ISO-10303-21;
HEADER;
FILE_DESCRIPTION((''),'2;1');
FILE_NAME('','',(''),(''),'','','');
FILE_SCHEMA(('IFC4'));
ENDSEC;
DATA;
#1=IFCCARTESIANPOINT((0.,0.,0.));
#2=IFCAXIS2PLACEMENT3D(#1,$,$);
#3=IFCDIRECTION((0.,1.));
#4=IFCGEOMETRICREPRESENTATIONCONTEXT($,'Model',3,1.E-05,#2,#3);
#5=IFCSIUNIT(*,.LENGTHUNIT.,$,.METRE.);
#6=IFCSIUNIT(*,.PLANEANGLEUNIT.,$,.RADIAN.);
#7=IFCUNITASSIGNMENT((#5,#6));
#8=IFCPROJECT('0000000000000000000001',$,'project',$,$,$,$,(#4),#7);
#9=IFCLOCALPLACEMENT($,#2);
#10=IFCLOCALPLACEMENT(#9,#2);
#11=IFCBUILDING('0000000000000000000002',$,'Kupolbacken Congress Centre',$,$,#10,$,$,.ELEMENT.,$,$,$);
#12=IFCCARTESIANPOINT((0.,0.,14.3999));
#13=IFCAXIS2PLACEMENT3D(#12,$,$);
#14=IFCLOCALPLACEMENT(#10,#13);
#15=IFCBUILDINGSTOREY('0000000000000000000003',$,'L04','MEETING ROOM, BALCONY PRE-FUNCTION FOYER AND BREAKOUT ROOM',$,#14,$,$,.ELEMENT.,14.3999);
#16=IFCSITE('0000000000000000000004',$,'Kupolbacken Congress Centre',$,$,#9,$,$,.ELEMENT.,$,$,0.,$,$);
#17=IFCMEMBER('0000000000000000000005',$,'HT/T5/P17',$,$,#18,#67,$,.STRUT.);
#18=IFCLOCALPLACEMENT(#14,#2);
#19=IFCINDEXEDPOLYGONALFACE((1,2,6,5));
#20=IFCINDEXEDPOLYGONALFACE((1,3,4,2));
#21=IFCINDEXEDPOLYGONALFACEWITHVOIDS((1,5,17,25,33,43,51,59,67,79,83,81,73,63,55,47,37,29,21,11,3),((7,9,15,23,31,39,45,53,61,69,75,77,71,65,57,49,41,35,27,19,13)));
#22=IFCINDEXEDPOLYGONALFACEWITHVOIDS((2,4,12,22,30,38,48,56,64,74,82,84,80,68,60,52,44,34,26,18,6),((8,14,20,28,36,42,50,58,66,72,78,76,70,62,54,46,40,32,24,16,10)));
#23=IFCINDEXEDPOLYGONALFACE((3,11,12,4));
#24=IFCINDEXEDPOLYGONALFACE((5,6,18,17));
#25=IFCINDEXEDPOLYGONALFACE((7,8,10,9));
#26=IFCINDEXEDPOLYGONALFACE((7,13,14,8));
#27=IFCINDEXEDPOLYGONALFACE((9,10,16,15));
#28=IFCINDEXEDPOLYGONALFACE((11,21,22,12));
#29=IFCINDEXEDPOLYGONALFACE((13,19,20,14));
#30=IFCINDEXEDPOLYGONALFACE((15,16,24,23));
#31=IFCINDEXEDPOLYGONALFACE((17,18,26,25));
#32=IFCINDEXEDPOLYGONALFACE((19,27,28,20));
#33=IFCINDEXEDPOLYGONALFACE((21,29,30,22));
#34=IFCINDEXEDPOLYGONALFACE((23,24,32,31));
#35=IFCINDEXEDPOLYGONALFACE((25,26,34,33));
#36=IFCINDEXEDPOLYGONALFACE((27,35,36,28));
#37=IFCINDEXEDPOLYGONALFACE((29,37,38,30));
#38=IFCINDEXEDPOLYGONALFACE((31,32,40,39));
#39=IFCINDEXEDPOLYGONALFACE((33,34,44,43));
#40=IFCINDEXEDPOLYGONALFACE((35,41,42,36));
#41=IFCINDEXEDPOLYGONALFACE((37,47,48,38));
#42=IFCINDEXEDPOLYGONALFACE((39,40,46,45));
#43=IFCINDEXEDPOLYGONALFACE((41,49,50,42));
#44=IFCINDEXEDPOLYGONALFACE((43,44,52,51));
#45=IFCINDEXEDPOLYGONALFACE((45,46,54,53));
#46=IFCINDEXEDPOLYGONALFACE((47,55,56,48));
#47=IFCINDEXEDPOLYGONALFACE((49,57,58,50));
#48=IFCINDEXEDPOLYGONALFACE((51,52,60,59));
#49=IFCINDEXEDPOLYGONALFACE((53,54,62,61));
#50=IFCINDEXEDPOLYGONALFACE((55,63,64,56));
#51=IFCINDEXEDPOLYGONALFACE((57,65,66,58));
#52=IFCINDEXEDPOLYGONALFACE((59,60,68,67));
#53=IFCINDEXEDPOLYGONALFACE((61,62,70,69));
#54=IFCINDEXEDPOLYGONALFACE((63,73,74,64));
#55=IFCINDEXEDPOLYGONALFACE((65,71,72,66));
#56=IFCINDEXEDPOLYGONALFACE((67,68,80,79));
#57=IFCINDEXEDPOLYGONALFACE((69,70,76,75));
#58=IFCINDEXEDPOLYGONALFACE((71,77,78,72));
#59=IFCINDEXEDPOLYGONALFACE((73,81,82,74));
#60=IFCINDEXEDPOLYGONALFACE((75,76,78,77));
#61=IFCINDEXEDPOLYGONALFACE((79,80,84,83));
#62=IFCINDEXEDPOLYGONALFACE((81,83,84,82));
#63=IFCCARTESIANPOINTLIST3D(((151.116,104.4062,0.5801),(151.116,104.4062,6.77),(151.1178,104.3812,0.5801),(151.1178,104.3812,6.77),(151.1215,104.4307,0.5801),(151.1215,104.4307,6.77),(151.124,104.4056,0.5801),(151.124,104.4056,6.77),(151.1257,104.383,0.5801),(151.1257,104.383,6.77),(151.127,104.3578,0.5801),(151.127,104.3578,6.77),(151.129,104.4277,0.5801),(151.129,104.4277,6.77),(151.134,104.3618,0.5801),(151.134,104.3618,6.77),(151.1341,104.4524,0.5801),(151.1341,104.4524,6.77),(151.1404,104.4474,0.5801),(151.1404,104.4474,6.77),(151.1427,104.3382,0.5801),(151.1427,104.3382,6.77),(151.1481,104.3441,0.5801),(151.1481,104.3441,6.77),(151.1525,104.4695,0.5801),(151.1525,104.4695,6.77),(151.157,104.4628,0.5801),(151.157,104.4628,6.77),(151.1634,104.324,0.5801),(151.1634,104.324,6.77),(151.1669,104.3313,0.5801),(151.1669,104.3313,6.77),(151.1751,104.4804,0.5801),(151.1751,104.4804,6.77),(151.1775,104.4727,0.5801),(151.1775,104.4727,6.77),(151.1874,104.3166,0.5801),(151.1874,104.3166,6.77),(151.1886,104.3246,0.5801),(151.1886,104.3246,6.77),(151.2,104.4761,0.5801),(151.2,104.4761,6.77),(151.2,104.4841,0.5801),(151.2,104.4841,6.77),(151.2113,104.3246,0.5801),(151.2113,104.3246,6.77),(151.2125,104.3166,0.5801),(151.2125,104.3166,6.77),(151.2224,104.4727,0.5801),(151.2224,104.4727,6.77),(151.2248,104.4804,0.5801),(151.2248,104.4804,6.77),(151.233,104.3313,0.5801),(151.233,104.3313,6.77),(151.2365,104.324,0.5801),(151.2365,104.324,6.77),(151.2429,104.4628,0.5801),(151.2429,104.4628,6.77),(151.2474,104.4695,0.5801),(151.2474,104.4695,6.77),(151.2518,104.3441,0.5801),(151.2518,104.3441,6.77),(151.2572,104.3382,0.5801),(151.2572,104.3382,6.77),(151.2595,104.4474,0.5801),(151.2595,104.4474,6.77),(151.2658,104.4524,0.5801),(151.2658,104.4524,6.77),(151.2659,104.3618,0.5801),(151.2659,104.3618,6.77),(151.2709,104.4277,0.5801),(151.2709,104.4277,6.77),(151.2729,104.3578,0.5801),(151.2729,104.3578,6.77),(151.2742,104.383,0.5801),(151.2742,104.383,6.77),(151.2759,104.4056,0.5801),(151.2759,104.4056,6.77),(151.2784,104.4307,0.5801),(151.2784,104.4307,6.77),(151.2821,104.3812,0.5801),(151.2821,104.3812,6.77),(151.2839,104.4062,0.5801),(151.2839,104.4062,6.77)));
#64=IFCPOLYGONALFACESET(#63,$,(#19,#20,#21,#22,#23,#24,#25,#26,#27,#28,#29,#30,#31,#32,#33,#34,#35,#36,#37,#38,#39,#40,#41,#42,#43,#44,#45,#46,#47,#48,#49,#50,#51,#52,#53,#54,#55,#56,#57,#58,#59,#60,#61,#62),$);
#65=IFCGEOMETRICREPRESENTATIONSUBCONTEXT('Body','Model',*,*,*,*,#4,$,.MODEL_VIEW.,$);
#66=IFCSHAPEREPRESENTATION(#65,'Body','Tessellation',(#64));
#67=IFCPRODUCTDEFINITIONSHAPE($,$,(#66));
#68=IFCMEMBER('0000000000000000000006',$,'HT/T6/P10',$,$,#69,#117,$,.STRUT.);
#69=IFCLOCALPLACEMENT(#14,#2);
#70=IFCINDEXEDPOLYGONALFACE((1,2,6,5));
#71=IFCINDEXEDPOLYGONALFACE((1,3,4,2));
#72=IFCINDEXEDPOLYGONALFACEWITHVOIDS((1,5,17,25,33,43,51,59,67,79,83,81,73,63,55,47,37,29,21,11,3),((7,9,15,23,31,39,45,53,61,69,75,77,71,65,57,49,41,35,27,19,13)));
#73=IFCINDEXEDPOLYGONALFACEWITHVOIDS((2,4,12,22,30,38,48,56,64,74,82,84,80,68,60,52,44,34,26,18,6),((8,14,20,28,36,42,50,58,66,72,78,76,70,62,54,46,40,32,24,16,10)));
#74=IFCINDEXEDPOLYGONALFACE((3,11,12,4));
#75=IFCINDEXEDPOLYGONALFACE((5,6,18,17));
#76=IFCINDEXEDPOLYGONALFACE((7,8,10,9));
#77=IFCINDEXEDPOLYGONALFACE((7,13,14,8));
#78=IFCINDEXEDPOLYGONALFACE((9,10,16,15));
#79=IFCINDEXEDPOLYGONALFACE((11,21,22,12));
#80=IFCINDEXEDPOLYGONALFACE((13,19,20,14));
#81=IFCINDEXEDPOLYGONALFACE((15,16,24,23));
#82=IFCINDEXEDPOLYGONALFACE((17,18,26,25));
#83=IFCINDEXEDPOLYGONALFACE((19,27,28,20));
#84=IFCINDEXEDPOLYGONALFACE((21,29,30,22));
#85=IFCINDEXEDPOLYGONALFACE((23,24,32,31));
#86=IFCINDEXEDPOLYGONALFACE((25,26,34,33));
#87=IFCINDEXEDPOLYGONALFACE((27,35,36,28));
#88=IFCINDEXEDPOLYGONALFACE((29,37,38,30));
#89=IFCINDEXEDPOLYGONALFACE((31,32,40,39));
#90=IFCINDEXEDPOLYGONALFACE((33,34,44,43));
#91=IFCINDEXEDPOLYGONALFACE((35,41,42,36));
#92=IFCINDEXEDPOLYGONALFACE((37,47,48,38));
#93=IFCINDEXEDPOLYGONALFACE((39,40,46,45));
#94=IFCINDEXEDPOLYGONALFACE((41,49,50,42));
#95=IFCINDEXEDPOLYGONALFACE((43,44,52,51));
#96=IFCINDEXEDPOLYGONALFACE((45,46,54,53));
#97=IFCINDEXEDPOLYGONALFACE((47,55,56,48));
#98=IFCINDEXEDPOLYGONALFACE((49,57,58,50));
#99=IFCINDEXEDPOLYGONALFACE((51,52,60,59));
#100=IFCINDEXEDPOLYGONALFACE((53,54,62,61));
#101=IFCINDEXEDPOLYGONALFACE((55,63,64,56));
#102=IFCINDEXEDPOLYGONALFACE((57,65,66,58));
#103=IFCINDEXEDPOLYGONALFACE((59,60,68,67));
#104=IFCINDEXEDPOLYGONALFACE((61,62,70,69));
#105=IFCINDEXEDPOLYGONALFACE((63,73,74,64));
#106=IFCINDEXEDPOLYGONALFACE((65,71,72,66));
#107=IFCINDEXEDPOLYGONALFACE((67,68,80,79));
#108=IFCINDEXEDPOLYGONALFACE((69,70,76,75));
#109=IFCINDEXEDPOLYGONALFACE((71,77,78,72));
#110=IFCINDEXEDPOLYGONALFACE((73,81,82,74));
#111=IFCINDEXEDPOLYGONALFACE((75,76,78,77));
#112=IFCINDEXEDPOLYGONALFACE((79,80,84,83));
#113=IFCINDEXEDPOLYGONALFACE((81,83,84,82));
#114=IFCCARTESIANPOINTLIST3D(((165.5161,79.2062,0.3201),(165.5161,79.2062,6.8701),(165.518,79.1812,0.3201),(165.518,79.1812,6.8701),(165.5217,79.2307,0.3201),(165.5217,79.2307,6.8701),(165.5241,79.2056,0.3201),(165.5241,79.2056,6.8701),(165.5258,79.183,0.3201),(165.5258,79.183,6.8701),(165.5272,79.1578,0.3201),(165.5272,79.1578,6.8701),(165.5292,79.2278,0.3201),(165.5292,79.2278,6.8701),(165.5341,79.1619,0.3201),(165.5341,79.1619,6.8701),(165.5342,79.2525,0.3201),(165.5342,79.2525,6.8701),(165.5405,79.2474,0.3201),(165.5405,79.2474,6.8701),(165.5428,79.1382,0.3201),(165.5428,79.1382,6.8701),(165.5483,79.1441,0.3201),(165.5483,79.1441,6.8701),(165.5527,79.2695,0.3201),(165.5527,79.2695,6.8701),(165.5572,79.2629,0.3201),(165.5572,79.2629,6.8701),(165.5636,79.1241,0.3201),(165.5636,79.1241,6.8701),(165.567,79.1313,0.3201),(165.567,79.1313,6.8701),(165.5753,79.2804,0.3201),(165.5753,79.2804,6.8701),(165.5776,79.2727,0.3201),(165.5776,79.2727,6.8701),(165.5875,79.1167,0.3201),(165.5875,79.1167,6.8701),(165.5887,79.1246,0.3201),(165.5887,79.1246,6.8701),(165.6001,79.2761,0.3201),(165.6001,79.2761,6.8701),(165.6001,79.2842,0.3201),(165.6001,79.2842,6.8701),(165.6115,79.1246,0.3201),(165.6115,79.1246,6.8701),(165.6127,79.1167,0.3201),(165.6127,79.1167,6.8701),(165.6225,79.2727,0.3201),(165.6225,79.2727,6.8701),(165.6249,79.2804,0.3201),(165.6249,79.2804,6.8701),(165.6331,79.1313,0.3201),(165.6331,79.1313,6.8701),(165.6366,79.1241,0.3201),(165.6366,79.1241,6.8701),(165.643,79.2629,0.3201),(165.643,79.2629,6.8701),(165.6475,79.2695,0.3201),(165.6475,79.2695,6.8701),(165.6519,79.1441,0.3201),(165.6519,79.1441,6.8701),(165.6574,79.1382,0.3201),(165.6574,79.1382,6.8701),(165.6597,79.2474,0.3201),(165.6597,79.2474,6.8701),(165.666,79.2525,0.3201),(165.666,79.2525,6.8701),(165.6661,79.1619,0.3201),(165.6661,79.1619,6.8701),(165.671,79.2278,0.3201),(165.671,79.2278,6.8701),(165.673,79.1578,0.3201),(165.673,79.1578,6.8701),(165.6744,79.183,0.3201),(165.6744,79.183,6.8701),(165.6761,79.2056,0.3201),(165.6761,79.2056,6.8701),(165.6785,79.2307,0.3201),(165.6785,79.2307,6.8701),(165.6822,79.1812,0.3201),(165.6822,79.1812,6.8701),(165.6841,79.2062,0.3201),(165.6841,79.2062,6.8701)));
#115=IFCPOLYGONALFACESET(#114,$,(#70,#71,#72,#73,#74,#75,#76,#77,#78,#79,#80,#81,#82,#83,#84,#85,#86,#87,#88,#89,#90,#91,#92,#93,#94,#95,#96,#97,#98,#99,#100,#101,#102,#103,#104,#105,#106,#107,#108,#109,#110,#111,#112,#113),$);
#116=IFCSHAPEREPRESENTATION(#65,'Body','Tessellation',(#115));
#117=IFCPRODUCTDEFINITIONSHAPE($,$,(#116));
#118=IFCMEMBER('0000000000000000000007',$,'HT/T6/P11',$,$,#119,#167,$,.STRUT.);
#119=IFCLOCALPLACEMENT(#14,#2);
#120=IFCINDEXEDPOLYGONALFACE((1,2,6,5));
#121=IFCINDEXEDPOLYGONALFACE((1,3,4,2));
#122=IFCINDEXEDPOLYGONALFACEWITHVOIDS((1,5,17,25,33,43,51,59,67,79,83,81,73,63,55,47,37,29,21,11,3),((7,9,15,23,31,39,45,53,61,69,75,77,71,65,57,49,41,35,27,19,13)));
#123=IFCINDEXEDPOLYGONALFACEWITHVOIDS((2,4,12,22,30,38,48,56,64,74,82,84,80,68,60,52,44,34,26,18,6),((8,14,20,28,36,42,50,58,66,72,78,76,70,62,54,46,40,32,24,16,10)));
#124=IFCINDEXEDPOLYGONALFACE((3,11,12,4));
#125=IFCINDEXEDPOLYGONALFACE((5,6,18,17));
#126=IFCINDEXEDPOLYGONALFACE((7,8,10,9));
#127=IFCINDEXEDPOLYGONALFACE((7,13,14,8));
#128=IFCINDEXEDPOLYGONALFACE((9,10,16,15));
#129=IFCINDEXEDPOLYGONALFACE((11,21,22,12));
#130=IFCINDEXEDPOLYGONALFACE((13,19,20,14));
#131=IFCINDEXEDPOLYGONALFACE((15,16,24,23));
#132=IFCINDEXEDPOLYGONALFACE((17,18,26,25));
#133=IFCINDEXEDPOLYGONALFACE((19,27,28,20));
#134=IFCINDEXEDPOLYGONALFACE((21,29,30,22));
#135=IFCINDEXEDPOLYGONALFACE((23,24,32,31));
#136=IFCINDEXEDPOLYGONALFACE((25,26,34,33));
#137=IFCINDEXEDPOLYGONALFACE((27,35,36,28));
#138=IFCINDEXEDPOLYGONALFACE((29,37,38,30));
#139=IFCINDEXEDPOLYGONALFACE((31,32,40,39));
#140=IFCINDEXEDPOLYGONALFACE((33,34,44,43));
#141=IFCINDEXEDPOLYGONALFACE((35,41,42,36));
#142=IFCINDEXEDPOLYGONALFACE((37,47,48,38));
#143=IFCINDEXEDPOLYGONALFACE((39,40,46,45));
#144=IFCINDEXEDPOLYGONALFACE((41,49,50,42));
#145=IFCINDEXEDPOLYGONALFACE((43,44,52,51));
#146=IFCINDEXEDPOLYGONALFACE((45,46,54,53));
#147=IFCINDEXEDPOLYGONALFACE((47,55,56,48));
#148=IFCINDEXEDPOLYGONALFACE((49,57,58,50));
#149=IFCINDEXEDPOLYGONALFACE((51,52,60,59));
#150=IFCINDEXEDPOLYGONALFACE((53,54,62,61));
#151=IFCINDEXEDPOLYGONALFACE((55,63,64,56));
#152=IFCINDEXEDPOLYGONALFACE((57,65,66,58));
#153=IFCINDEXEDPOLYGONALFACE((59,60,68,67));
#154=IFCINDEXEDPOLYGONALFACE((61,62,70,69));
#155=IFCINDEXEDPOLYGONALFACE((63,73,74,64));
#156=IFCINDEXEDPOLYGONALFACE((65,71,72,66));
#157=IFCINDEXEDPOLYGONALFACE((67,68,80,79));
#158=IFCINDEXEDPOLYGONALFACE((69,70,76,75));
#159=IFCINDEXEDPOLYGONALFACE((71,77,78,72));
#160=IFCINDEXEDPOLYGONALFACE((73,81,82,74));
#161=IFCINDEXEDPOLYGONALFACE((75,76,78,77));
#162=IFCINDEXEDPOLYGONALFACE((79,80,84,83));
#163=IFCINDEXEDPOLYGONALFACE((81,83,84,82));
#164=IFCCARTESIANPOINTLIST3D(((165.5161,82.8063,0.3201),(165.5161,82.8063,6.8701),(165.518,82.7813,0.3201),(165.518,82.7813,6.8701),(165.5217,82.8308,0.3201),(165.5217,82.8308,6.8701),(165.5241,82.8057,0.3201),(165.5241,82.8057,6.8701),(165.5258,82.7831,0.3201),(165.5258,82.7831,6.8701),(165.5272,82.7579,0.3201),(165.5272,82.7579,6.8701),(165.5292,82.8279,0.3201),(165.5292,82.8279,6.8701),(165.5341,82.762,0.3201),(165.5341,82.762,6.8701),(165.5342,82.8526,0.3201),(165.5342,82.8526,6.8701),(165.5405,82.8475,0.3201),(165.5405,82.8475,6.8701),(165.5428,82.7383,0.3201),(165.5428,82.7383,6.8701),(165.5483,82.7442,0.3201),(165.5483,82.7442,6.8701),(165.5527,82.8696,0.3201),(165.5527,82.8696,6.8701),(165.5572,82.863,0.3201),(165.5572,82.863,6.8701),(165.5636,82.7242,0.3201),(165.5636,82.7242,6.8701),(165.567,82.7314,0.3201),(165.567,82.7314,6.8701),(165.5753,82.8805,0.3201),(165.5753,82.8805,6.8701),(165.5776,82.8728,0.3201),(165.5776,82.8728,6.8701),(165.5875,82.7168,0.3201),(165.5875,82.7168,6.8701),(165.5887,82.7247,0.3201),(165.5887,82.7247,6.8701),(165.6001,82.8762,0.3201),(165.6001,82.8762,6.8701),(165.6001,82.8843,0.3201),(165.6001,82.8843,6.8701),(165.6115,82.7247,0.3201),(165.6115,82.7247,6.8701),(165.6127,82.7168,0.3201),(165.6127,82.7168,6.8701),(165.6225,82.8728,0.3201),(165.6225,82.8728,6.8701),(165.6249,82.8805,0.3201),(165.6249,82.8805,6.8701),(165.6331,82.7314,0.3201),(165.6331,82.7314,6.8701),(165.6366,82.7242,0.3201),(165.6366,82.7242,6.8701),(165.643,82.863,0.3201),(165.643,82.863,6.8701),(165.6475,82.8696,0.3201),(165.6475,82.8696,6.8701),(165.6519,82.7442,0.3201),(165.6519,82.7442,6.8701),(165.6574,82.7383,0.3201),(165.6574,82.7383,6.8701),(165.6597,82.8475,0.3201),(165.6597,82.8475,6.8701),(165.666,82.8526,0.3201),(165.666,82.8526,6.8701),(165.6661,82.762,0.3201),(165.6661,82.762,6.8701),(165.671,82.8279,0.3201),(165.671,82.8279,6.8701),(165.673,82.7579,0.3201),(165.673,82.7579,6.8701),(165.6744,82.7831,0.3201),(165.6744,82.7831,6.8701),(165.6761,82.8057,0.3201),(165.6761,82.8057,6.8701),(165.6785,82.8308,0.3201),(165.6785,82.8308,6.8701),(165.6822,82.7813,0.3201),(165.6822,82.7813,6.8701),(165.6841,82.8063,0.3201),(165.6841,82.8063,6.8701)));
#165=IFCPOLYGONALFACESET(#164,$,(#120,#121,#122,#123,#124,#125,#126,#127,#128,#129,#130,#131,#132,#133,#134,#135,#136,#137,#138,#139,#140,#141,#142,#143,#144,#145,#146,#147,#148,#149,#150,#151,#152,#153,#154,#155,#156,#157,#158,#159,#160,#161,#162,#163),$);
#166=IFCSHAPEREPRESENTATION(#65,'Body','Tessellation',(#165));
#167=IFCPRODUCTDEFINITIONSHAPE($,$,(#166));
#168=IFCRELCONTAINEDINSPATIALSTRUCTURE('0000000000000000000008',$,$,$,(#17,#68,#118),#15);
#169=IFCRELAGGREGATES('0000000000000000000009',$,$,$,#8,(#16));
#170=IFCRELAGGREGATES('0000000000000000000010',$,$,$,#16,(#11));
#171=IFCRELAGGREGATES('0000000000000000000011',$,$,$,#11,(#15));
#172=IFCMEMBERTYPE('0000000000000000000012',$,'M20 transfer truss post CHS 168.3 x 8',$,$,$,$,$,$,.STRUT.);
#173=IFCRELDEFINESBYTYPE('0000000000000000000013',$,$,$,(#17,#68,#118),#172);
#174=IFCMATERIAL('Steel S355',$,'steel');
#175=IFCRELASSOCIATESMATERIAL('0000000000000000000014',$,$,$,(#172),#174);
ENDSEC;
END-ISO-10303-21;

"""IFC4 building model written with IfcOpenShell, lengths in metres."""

from ifc_helpers import new_model, si_unit, direction, frame, origin, origin_2d, place, context, subcontext, project, spatial, hollow_circle, extrude, material, material_profile, profile_set, type_object, element, save


model = new_model("IFC4")

# Units and contexts
model_context = context("Model", 3, precision=1e-05, world=origin(), true_north=direction((0.0, 1.0)))
body_context = subcontext(model_context, "Body", "Model", "MODEL_VIEW")
ifc_project = project(units=[si_unit("LENGTHUNIT", "METRE"), si_unit("PLANEANGLEUNIT", "RADIAN")], contexts=[model_context])

# Site, building, storey
site_placement = place(None, origin())
site = spatial("IfcSite", under=ifc_project, at=site_placement, Name="Kupolbacken Congress Centre", CompositionType="ELEMENT", RefElevation=0.0)
building_placement = place(site_placement, origin())
building = spatial("IfcBuilding", under=site, at=building_placement, Name="Kupolbacken Congress Centre", CompositionType="ELEMENT")
storey_placement = place(building_placement, frame((0.0, 0.0, 14.3999)))
storey = spatial("IfcBuildingStorey", under=building, at=storey_placement, Name="L04", Description="MEETING ROOM, BALCONY PRE-FUNCTION FOYER AND BREAKOUT ROOM", CompositionType="ELEMENT", Elevation=14.3999)

# Members
ifc_material_1 = material(Name="Steel S355", Category="steel")
ifc_material_profile_1 = material_profile(ifc_material_1, hollow_circle(Radius=0.0842, WallThickness=0.0081, at=origin_2d()), Name="CHS 168.3 x 8")
ifc_profile_set_1 = profile_set([ifc_material_profile_1], Name="Steel S355")
member_type_1 = type_object("IfcMemberType", Name="M20 transfer truss post CHS 168.3 x 8", PredefinedType="STRUT", material=ifc_profile_set_1)
member_1_placement = place(storey_placement, frame((151.2, 104.3999, 0.5801), z_axis=(0.0, 0.0, 1.0), x_axis=(0.0, 1.0, 0.0)))
element("IfcMember", 1, at=member_1_placement, inside=storey, type_object=member_type_1, Name="HT/T5/P17", PredefinedType="STRUT", context=body_context, shape_type="SweptSolid", body=[
    extrude(hollow_circle(Radius=0.0842, WallThickness=0.0081, at=origin_2d()), origin(), (0.0, 0.0, 1.0), 6.1899),
])
for number, where, z_axis, x_axis, name in (
    (2, (165.6001, 79.2, 0.3201), (0.0, 0.0, 1.0), (0.0, 1.0, 0.0), "HT/T6/P10"),
    (3, (165.6001, 82.8, 0.3201), (0.0, 0.0, 1.0), (0.0, 1.0, 0.0), "HT/T6/P11"),
):
    element("IfcMember", number, at=place(storey_placement, frame(where, z_axis=z_axis, x_axis=x_axis)), inside=storey, type_object=member_type_1, Name=name, PredefinedType="STRUT", context=body_context, shape_type="SweptSolid", body=[
        extrude(hollow_circle(Radius=0.0842, WallThickness=0.0081, at=origin_2d()), origin(), (0.0, 0.0, 1.0), 6.55),
    ])

save(model, "model.ifc")
